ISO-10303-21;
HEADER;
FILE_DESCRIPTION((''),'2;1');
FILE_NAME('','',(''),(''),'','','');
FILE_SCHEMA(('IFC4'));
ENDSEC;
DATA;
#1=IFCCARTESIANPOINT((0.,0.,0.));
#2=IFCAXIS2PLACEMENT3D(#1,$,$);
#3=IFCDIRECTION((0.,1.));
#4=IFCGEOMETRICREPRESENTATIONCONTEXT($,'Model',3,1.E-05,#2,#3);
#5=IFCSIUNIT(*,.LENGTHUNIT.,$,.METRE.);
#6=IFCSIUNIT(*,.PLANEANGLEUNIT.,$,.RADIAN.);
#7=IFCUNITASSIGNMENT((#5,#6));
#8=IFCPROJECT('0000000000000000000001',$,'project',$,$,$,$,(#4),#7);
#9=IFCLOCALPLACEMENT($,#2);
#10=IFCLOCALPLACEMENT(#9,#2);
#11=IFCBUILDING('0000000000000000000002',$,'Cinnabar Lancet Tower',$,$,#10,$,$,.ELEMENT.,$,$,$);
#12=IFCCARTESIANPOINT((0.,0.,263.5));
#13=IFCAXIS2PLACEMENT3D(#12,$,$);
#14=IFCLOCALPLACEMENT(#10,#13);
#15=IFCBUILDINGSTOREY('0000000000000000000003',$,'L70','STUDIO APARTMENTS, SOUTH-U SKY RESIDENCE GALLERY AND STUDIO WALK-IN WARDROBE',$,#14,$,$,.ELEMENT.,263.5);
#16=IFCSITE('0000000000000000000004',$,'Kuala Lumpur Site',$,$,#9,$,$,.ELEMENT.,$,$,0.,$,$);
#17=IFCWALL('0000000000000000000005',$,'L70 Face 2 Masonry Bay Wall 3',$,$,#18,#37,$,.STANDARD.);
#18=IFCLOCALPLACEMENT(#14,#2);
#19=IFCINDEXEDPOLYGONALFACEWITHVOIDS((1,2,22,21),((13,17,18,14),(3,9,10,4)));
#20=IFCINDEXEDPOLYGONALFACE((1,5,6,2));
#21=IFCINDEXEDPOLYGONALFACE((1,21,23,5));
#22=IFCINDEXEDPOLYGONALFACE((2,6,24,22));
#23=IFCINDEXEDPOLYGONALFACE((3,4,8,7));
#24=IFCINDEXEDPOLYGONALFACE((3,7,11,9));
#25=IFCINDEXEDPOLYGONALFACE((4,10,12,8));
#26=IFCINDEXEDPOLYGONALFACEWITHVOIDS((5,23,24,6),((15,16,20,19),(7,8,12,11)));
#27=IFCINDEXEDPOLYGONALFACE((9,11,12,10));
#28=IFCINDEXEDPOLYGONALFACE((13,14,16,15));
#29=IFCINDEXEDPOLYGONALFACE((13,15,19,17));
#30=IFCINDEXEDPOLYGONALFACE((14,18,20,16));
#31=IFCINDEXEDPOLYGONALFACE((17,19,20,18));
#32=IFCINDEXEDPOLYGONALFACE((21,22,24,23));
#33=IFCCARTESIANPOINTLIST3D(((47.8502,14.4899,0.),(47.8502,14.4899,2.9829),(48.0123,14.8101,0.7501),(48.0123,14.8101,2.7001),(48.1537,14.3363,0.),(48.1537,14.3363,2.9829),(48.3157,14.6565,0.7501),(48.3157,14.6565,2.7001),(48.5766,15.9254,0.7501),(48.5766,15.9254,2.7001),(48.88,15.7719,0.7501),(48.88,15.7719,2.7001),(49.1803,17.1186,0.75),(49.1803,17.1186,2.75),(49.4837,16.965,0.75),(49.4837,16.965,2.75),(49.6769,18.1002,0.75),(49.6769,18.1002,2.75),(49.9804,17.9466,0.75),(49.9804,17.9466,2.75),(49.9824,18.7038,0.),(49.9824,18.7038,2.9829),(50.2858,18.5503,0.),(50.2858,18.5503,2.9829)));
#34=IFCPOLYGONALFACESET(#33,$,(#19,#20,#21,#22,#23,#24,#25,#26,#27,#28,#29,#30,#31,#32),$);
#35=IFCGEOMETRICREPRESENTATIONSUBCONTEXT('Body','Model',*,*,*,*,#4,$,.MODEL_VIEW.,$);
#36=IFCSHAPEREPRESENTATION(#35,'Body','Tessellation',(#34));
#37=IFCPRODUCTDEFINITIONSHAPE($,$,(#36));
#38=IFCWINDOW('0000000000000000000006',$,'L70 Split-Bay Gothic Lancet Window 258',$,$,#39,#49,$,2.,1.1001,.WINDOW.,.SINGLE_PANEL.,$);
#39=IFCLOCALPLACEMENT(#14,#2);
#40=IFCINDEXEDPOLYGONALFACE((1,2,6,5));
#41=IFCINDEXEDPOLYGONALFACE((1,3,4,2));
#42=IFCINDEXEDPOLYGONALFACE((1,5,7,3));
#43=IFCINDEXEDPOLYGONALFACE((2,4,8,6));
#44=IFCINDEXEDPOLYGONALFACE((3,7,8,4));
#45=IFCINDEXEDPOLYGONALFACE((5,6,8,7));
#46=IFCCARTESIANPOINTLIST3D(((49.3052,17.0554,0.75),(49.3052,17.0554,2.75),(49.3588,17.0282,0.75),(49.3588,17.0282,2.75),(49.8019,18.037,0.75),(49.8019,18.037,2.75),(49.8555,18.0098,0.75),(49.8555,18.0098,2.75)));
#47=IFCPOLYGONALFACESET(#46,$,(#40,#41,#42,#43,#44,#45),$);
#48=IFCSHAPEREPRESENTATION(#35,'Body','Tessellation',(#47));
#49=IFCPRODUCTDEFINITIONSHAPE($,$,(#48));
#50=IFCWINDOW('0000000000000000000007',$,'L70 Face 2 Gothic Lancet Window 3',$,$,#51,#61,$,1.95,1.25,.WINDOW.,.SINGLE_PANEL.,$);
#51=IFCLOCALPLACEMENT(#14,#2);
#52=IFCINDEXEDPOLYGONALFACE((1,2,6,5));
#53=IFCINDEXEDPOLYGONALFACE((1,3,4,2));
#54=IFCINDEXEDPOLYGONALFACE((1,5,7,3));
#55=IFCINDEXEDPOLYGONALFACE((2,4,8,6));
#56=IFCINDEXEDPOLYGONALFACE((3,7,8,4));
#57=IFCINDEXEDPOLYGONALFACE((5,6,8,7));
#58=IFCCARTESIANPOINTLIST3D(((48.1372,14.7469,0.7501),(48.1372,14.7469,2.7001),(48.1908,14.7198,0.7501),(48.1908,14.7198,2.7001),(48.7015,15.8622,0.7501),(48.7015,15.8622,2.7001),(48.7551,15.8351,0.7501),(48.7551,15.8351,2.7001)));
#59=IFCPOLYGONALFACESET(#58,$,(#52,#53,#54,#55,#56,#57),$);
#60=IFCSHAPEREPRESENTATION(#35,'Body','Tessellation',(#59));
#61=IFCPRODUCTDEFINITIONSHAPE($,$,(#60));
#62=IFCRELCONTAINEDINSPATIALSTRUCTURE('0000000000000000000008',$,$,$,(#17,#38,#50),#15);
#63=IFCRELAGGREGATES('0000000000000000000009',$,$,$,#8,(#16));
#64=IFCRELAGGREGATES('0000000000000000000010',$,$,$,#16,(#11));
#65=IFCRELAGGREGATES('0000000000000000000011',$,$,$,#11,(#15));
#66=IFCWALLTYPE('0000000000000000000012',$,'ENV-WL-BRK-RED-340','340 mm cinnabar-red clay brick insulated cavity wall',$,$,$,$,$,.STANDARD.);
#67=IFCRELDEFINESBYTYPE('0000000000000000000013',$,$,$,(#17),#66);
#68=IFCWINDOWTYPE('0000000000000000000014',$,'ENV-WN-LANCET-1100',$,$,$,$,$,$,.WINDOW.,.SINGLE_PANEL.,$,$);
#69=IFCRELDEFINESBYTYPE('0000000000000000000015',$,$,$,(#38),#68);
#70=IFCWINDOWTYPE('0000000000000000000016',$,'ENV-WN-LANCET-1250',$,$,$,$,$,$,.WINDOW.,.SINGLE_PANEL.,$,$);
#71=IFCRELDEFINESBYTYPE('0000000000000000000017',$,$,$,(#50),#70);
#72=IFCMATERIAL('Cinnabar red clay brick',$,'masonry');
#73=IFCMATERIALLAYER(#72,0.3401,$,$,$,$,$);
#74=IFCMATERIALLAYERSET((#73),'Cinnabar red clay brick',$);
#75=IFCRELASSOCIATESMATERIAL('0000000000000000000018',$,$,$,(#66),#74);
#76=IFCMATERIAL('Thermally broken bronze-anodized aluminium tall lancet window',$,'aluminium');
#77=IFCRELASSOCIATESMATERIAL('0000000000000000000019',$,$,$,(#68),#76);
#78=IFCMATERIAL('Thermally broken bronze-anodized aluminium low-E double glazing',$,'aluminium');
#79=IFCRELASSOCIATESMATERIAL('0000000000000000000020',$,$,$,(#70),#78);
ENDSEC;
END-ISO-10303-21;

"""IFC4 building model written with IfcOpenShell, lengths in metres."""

from ifc_helpers import new_model, si_unit, direction, frame, frame_2d, origin, place, context, subcontext, project, spatial, rectangle, extrude, material, layer, layer_set, type_object, element, fill, save


model = new_model("IFC4")

# Units and contexts
model_context = context("Model", 3, precision=1e-05, world=origin(), true_north=direction((0.0, 1.0)))
body_context = subcontext(model_context, "Body", "Model", "MODEL_VIEW")
ifc_project = project(units=[si_unit("LENGTHUNIT", "METRE"), si_unit("PLANEANGLEUNIT", "RADIAN")], contexts=[model_context])

# Site, building, storey
site_placement = place(None, origin())
site = spatial("IfcSite", under=ifc_project, at=site_placement, Name="Kuala Lumpur Site", CompositionType="ELEMENT", RefElevation=0.0)
building_placement = place(site_placement, origin())
building = spatial("IfcBuilding", under=site, at=building_placement, Name="Cinnabar Lancet Tower", CompositionType="ELEMENT")
storey_placement = place(building_placement, frame((0.0, 0.0, 263.5)))
storey = spatial("IfcBuildingStorey", under=building, at=storey_placement, Name="L70", Description="STUDIO APARTMENTS, SOUTH-U SKY RESIDENCE GALLERY AND STUDIO WALK-IN WARDROBE", CompositionType="ELEMENT", Elevation=263.5)

# Shared definitions
ifc_material_1 = material(Name="Cinnabar red clay brick", Category="masonry")
ifc_layer_1 = layer(ifc_material_1, 0.3401)
ifc_layer_set_1 = layer_set([ifc_layer_1], Name="Cinnabar red clay brick")
wall_type_1 = type_object("IfcWallType", Name="ENV-WL-BRK-RED-340", Description="340 mm cinnabar-red clay brick insulated cavity wall", PredefinedType="STANDARD", material=ifc_layer_set_1)

# Wall, openings, windows
wall_1_placement = place(storey_placement, frame((48.002, 14.4131, 0.0), z_axis=(0.0, 0.0, 1.0), x_axis=(0.451468, 0.892287, 0.0)))
wall_1 = element("IfcWall", 1, at=wall_1_placement, inside=storey, type_object=wall_type_1, Name="L70 Face 2 Masonry Bay Wall 3", PredefinedType="STANDARD", context=body_context, shape_type="SweptSolid", body=[
    extrude(rectangle(XDim=4.7227, YDim=0.3401, at=frame_2d((2.3613, 0.0))), origin(), (0.0, 0.0, 1.0), 2.9829),
])
opening_1_placement = place(wall_1_placement, frame((0.3589, 0.0, 0.75)))
opening_1 = element("IfcOpeningElement", 2, at=opening_1_placement, cuts=wall_1, PredefinedType="OPENING", context=body_context, shape_type="SweptSolid", body=[
    extrude(rectangle(XDim=1.25, YDim=1.95, at=frame_2d((0.625, 0.9751))), frame((0.0, 0.1799, 0.0), z_axis=(0.0, -1.0, 0.0), x_axis=(1.0, 0.0, 0.0)), (0.0, 0.0, 1.0), 0.3601),
])
opening_2_placement = place(wall_1_placement, frame((2.946, 0.0, 0.75)))
opening_2 = element("IfcOpeningElement", 3, at=opening_2_placement, cuts=wall_1, PredefinedType="OPENING", context=body_context, shape_type="SweptSolid", body=[
    extrude(rectangle(XDim=1.1001, YDim=2.0, at=frame_2d((0.55, 1.0))), frame((0.0, 0.1799, 0.0), z_axis=(0.0, -1.0, 0.0), x_axis=(1.0, 0.0, 0.0)), (0.0, 0.0, 1.0), 0.3601),
])
ifc_material_2 = material(Name="Thermally broken bronze-anodized aluminium tall lancet window", Category="aluminium")
window_type_1 = type_object("IfcWindowType", Name="ENV-WN-LANCET-1100", PartitioningType="SINGLE_PANEL", PredefinedType="WINDOW", material=ifc_material_2)
window_1_placement = place(opening_2_placement, origin())
window_1 = element("IfcWindow", 4, at=window_1_placement, inside=storey, type_object=window_type_1, Name="L70 Split-Bay Gothic Lancet Window 258", OverallHeight=2.0, OverallWidth=1.1001, PartitioningType="SINGLE_PANEL", PredefinedType="WINDOW", context=body_context, shape_type="SweptSolid", body=[
    extrude(rectangle(XDim=1.1001, YDim=2.0, at=frame_2d((0.55, 1.0))), frame((0.0, 0.03, 0.0), z_axis=(0.0, -1.0, 0.0), x_axis=(1.0, 0.0, 0.0)), (0.0, 0.0, 1.0), 0.0601),
])
fill(opening_2, window_1)
ifc_material_3 = material(Name="Thermally broken bronze-anodized aluminium low-E double glazing", Category="aluminium")
window_type_2 = type_object("IfcWindowType", Name="ENV-WN-LANCET-1250", PartitioningType="SINGLE_PANEL", PredefinedType="WINDOW", material=ifc_material_3)
window_2_placement = place(opening_1_placement, origin())
window_2 = element("IfcWindow", 5, at=window_2_placement, inside=storey, type_object=window_type_2, Name="L70 Face 2 Gothic Lancet Window 3", OverallHeight=1.95, OverallWidth=1.25, PartitioningType="SINGLE_PANEL", PredefinedType="WINDOW", context=body_context, shape_type="SweptSolid", body=[
    extrude(rectangle(XDim=1.25, YDim=1.95, at=frame_2d((0.625, 0.9751))), frame((0.0, 0.03, 0.0), z_axis=(0.0, -1.0, 0.0), x_axis=(1.0, 0.0, 0.0)), (0.0, 0.0, 1.0), 0.0601),
])
fill(opening_1, window_2)

save(model, "model.ifc")
